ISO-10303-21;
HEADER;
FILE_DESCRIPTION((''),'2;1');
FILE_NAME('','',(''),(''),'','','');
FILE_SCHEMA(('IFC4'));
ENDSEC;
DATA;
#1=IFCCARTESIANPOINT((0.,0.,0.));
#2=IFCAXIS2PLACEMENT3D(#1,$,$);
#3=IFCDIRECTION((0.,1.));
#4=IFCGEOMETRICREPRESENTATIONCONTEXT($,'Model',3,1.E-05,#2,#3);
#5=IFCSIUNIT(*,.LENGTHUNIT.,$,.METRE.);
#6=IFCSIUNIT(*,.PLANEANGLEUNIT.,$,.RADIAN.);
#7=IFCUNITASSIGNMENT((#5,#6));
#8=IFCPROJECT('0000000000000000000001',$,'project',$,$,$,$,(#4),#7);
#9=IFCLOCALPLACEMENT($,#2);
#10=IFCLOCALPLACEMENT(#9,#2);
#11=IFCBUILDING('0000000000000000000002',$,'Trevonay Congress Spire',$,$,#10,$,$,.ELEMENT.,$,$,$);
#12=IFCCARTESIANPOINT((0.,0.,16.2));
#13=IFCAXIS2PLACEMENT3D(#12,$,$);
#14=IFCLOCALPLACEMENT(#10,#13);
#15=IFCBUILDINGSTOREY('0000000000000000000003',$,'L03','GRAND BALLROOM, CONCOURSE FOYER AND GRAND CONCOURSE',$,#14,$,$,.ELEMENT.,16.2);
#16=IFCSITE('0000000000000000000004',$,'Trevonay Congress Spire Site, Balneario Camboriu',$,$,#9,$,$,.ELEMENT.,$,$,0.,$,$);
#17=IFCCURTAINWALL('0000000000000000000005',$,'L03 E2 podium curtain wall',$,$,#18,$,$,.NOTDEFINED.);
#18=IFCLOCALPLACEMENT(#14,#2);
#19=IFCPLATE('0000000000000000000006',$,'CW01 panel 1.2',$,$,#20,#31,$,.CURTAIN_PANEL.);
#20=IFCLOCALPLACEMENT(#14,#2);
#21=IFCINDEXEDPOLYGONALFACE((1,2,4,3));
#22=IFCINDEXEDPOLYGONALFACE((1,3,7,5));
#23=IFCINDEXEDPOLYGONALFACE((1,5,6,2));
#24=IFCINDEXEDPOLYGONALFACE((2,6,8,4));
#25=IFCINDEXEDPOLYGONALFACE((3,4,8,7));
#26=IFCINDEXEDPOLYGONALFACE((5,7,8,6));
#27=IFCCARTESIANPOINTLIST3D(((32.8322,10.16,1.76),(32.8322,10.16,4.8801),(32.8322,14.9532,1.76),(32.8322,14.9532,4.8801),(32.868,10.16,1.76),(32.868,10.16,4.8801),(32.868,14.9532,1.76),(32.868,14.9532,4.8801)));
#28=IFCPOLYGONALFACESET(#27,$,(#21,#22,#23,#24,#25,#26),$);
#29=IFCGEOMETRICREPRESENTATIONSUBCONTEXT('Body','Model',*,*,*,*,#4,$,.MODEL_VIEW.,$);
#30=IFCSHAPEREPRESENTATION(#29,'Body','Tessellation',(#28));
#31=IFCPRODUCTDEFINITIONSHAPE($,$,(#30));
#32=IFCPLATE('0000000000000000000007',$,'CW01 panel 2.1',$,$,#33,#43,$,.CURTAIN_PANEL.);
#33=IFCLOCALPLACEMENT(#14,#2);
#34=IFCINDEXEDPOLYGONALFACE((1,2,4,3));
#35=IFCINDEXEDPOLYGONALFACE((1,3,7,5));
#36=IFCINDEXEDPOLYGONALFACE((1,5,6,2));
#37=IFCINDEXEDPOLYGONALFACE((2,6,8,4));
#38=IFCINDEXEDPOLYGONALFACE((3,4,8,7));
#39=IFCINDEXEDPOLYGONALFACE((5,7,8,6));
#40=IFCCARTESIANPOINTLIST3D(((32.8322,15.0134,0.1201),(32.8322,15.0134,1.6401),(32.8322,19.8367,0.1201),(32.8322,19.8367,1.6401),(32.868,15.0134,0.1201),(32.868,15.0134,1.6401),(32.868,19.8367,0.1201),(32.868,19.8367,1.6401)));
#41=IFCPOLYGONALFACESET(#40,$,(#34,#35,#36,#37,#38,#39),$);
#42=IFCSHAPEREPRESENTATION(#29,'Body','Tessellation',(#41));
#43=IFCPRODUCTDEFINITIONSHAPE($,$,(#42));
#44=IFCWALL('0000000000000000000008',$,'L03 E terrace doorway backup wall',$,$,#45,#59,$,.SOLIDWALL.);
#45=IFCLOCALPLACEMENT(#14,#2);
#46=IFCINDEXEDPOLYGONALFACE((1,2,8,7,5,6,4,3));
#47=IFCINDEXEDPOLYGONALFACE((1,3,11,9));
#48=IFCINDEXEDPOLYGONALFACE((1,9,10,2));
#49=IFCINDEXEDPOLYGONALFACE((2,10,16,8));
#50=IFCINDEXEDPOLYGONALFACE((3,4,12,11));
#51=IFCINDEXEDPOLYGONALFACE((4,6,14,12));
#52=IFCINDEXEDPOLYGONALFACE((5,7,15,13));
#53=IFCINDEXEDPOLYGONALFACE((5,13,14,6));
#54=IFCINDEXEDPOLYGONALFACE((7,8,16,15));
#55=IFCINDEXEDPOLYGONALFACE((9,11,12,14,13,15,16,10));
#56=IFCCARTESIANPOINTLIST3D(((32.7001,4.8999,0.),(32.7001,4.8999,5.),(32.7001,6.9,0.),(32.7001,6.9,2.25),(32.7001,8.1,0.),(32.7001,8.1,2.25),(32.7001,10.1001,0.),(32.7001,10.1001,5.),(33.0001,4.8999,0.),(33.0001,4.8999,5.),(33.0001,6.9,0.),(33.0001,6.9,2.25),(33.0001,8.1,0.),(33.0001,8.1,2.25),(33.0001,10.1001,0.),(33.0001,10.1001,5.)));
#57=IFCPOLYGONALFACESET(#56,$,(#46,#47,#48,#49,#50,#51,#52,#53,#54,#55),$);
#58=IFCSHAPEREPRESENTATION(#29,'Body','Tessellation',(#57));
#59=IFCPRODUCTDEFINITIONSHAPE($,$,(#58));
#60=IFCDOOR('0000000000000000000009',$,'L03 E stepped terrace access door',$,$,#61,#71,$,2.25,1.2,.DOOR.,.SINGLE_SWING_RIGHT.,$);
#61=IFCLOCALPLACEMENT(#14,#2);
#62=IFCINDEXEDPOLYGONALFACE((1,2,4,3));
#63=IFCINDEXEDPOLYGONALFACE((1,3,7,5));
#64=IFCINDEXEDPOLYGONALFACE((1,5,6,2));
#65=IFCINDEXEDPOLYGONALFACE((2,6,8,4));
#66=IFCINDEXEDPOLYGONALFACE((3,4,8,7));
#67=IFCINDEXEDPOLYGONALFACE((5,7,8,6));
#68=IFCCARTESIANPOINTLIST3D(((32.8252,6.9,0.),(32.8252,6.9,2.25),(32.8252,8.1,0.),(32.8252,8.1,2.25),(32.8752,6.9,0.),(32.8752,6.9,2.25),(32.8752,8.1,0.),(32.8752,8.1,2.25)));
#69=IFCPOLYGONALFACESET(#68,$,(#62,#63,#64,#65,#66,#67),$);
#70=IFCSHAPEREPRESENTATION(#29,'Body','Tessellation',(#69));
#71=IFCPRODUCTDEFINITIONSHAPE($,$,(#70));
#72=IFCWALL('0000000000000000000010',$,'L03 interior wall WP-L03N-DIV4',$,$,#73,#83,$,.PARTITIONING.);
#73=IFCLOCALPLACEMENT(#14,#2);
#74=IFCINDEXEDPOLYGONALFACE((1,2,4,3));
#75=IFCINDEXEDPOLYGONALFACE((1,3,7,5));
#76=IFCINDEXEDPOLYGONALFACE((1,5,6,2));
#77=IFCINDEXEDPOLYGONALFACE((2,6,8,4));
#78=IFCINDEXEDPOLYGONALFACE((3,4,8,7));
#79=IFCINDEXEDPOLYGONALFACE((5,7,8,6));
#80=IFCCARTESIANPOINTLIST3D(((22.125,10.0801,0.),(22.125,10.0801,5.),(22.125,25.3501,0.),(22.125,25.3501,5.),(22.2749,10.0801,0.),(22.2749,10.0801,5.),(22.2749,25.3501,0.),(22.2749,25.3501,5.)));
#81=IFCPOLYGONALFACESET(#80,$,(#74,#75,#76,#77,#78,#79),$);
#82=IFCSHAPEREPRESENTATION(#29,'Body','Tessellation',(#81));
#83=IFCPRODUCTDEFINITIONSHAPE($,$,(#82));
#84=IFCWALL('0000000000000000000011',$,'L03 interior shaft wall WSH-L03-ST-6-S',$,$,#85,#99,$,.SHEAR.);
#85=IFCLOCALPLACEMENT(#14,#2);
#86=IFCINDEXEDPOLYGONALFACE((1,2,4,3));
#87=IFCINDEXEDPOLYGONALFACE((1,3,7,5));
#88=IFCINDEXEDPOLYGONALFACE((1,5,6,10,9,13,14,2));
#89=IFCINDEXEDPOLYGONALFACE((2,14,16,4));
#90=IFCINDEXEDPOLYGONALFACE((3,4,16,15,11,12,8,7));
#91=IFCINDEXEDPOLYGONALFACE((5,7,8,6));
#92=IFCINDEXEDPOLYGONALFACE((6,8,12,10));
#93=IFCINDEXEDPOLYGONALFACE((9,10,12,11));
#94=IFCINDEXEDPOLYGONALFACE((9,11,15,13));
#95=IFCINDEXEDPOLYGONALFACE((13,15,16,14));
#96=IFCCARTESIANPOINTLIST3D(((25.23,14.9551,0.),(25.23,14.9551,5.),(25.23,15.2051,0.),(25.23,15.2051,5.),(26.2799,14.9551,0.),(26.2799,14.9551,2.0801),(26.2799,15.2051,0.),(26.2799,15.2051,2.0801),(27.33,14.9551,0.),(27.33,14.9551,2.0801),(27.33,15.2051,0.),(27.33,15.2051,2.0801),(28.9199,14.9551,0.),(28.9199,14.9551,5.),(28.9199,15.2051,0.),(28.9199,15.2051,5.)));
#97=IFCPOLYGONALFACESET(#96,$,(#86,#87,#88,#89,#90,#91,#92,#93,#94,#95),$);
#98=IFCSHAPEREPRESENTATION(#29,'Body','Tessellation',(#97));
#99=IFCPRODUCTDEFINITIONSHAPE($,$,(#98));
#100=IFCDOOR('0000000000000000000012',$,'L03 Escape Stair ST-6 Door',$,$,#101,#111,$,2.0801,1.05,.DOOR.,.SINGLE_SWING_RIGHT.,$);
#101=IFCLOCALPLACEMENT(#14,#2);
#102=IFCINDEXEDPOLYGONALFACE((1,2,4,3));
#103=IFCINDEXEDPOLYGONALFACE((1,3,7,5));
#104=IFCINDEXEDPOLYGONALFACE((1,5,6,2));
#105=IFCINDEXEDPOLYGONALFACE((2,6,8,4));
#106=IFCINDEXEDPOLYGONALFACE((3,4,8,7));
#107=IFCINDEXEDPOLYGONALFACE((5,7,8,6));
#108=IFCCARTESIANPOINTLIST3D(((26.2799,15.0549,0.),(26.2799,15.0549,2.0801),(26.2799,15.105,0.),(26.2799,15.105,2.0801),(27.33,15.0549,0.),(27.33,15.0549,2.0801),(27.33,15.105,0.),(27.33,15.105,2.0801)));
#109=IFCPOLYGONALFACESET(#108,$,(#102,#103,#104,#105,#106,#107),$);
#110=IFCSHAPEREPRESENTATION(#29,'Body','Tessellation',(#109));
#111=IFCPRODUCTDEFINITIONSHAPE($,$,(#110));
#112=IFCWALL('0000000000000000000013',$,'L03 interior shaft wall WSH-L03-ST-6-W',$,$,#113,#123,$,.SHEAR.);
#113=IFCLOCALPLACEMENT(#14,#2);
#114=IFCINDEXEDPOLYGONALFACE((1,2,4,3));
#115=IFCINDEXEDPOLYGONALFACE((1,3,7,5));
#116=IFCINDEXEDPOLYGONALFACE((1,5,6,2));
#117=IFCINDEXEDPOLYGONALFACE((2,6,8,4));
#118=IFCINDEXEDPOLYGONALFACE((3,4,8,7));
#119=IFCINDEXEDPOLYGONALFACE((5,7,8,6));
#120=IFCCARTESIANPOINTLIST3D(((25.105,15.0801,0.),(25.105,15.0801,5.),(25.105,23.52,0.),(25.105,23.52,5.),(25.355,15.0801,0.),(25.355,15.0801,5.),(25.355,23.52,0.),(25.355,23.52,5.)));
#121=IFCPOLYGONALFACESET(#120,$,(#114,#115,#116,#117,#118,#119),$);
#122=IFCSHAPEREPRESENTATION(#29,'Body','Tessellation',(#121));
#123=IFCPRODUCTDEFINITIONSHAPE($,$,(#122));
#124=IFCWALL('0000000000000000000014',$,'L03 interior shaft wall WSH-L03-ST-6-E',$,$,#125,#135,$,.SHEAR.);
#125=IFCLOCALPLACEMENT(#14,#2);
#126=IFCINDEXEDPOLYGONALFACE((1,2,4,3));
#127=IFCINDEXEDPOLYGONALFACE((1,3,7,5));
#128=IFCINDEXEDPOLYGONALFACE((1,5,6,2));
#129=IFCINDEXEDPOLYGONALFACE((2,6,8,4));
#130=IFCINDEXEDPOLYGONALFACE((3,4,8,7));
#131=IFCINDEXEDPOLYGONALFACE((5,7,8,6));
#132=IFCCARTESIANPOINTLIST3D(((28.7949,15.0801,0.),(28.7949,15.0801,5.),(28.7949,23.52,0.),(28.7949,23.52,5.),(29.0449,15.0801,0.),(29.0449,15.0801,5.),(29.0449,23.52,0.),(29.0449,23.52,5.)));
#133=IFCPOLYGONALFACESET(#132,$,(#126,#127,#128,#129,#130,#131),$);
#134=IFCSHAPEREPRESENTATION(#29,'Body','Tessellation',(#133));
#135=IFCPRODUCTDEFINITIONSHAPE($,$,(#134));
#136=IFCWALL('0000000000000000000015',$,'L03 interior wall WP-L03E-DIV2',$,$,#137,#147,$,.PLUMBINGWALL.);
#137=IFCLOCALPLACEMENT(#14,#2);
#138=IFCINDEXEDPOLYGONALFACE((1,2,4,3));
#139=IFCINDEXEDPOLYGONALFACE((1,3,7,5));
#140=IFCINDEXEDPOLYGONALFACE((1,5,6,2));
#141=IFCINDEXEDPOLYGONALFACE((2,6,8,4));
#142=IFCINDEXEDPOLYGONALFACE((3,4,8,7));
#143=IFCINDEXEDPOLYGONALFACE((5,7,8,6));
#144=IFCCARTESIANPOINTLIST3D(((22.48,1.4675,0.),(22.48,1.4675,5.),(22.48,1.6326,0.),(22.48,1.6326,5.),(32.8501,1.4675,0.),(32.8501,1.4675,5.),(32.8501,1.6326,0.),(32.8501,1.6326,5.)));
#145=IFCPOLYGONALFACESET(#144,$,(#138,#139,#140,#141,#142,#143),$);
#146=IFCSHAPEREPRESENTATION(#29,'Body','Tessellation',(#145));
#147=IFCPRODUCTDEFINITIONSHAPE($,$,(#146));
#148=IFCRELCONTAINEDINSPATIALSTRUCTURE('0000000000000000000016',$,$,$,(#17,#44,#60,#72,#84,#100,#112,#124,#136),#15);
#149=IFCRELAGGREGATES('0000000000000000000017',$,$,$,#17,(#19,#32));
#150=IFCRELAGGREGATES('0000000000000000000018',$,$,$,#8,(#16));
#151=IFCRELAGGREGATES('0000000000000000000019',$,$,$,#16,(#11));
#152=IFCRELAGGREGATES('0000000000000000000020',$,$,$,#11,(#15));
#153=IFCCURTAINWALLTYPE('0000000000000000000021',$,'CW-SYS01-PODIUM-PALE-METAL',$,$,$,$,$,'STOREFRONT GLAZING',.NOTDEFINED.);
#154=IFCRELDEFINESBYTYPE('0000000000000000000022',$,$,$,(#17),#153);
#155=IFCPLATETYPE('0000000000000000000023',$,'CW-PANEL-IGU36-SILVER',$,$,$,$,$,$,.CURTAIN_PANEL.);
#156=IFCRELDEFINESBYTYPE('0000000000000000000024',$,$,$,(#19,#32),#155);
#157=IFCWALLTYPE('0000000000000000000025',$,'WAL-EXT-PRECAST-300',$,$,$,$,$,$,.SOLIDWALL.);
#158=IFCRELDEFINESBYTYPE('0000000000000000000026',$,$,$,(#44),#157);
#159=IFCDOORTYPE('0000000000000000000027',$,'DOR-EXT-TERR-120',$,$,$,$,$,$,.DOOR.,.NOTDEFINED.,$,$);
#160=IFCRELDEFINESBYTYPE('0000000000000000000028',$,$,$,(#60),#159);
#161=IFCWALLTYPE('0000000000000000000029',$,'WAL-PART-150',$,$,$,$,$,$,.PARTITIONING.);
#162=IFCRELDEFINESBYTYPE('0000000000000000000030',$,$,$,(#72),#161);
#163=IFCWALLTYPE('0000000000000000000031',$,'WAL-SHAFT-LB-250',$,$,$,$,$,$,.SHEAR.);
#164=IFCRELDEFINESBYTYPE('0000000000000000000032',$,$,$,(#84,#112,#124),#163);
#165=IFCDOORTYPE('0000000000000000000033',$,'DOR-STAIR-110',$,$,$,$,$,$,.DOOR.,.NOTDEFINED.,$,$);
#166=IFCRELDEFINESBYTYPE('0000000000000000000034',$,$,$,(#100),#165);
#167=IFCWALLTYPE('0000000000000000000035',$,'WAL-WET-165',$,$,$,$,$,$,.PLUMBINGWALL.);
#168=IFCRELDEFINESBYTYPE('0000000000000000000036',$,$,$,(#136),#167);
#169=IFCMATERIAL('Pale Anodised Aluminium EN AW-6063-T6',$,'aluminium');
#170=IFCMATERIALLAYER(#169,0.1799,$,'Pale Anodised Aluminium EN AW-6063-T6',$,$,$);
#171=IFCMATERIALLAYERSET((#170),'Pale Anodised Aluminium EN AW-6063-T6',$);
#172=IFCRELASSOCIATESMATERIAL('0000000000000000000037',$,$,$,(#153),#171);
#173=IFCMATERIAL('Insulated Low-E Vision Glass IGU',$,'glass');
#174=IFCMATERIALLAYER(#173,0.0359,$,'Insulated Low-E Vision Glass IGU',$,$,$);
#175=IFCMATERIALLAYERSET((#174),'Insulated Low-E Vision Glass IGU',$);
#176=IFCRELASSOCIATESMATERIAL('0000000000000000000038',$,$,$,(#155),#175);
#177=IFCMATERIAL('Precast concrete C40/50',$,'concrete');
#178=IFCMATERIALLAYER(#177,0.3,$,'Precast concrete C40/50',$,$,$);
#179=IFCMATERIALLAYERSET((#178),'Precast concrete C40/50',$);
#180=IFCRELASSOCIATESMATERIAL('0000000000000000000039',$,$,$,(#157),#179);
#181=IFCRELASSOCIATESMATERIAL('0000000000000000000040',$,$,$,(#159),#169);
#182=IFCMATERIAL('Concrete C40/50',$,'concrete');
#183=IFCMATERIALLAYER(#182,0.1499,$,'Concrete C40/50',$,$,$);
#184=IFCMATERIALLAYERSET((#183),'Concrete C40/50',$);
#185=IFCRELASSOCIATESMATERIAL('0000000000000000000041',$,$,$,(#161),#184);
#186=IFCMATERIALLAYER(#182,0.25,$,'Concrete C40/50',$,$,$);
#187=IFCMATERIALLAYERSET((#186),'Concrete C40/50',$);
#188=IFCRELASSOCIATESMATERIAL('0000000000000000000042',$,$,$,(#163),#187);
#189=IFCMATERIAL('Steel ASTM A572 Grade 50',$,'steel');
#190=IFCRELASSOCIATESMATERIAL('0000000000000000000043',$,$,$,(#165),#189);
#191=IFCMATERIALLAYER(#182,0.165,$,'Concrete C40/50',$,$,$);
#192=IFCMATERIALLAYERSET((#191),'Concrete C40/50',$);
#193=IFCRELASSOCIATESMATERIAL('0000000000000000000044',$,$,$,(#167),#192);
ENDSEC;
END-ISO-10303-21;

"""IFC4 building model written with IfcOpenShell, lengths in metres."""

from ifc_helpers import new_model, si_unit, direction, frame, frame_2d, origin, origin_2d, place, context, subcontext, project, spatial, rectangle, extrude, material, layer, layer_set, type_object, element, fill, aggregate, save


model = new_model("IFC4")

# Units and contexts
model_context = context("Model", 3, precision=1e-05, world=origin(), true_north=direction((0.0, 1.0)))
body_context = subcontext(model_context, "Body", "Model", "MODEL_VIEW")
ifc_project = project(units=[si_unit("LENGTHUNIT", "METRE"), si_unit("PLANEANGLEUNIT", "RADIAN")], contexts=[model_context])

# Site, building, storey
site_placement = place(None, origin())
site = spatial("IfcSite", under=ifc_project, at=site_placement, Name="Trevonay Congress Spire Site, Balneario Camboriu", CompositionType="ELEMENT", RefElevation=0.0)
building_placement = place(site_placement, origin())
building = spatial("IfcBuilding", under=site, at=building_placement, Name="Trevonay Congress Spire", CompositionType="ELEMENT")
storey_placement = place(building_placement, frame((0.0, 0.0, 16.2)))
storey = spatial("IfcBuildingStorey", under=building, at=storey_placement, Name="L03", Description="GRAND BALLROOM, CONCOURSE FOYER AND GRAND CONCOURSE", CompositionType="ELEMENT", Elevation=16.2)

# Shared definitions
ifc_material_1 = material(Name="Steel ASTM A572 Grade 50", Category="steel")

# Shared definitions
ifc_material_2 = material(Name="Pale Anodised Aluminium EN AW-6063-T6", Category="aluminium")
ifc_layer_1 = layer(ifc_material_2, 0.1799, Name="Pale Anodised Aluminium EN AW-6063-T6")
ifc_layer_set_1 = layer_set([ifc_layer_1], Name="Pale Anodised Aluminium EN AW-6063-T6")
curtain_wall_type = type_object("IfcCurtainWallType", Name="CW-SYS01-PODIUM-PALE-METAL", ElementType="STOREFRONT GLAZING", PredefinedType="NOTDEFINED", material=ifc_layer_set_1)

# Curtain wall
curtain_wall_1_placement = place(storey_placement, origin())
curtain_wall_1 = element("IfcCurtainWall", 1, at=curtain_wall_1_placement, inside=storey, type_object=curtain_wall_type, Name="L03 E2 podium curtain wall", PredefinedType="NOTDEFINED")

# Plates
ifc_material_3 = material(Name="Insulated Low-E Vision Glass IGU", Category="glass")
ifc_layer_2 = layer(ifc_material_3, 0.0359, Name="Insulated Low-E Vision Glass IGU")
ifc_layer_set_2 = layer_set([ifc_layer_2], Name="Insulated Low-E Vision Glass IGU")
plate_type = type_object("IfcPlateType", Name="CW-PANEL-IGU36-SILVER", PredefinedType="CURTAIN_PANEL", material=ifc_layer_set_2)
plate_1_placement = place(storey_placement, frame((32.8501, 12.5566, 1.76), z_axis=(0.0, 0.0, 1.0), x_axis=(0.0, 1.0, 0.0)))
plate_1 = element("IfcPlate", 2, at=plate_1_placement, type_object=plate_type, Name="CW01 panel 1.2", PredefinedType="CURTAIN_PANEL", context=body_context, shape_type="SweptSolid", body=[
    extrude(rectangle(XDim=4.7932, YDim=0.0359, at=origin_2d()), origin(), (0.0, 0.0, 1.0), 3.1201),
])
plate_2_placement = place(storey_placement, frame((32.8501, 17.425, 0.1201), z_axis=(0.0, 0.0, 1.0), x_axis=(0.0, 1.0, 0.0)))
plate_2 = element("IfcPlate", 3, at=plate_2_placement, type_object=plate_type, Name="CW01 panel 2.1", PredefinedType="CURTAIN_PANEL", context=body_context, shape_type="SweptSolid", body=[
    extrude(rectangle(XDim=4.8232, YDim=0.0359, at=origin_2d()), origin(), (0.0, 0.0, 1.0), 1.52),
])
aggregate(curtain_wall_1, [plate_1, plate_2])

# Wall, opening, door
ifc_material_4 = material(Name="Precast concrete C40/50", Category="concrete")
ifc_layer_3 = layer(ifc_material_4, 0.3, Name="Precast concrete C40/50")
ifc_layer_set_3 = layer_set([ifc_layer_3], Name="Precast concrete C40/50")
wall_type_1 = type_object("IfcWallType", Name="WAL-EXT-PRECAST-300", PredefinedType="SOLIDWALL", material=ifc_layer_set_3)
wall_1_placement = place(storey_placement, frame((32.8501, 4.8999, 0.0), z_axis=(0.0, 0.0, 1.0), x_axis=(0.0, 1.0, 0.0)))
wall_1 = element("IfcWall", 4, at=wall_1_placement, inside=storey, type_object=wall_type_1, Name="L03 E terrace doorway backup wall", PredefinedType="SOLIDWALL", context=body_context, shape_type="SweptSolid", body=[
    extrude(rectangle(XDim=5.2002, YDim=0.3, at=frame_2d((2.6001, 0.0))), origin(), (0.0, 0.0, 1.0), 5.0),
])
opening_1_placement = place(wall_1_placement, frame((2.0, 0.0, 0.0)))
opening_1 = element("IfcOpeningElement", 5, at=opening_1_placement, cuts=wall_1, PredefinedType="OPENING", context=body_context, shape_type="SweptSolid", body=[
    extrude(rectangle(XDim=1.2, YDim=2.25, at=frame_2d((0.6001, 1.125))), frame((0.0, 0.1602, 0.0), z_axis=(0.0, -1.0, 0.0), x_axis=(1.0, 0.0, 0.0)), (0.0, 0.0, 1.0), 0.3201),
])
door_type_1 = type_object("IfcDoorType", Name="DOR-EXT-TERR-120", OperationType="NOTDEFINED", PredefinedType="DOOR", material=ifc_material_2)
door_1_placement = place(opening_1_placement, origin())
door_1 = element("IfcDoor", 6, at=door_1_placement, inside=storey, type_object=door_type_1, Name="L03 E stepped terrace access door", OperationType="SINGLE_SWING_RIGHT", OverallHeight=2.25, OverallWidth=1.2, PredefinedType="DOOR", context=body_context, shape_type="SweptSolid", body=[
    extrude(rectangle(XDim=1.2, YDim=2.25, at=frame_2d((0.6001, 1.125))), frame((0.0, 0.0249, 0.0), z_axis=(0.0, -1.0, 0.0), x_axis=(1.0, 0.0, 0.0)), (0.0, 0.0, 1.0), 0.05),
])
fill(opening_1, door_1)

# Wall
ifc_material_5 = material(Name="Concrete C40/50", Category="concrete")
ifc_layer_4 = layer(ifc_material_5, 0.1499, Name="Concrete C40/50")
ifc_layer_set_4 = layer_set([ifc_layer_4], Name="Concrete C40/50")
wall_type_2 = type_object("IfcWallType", Name="WAL-PART-150", PredefinedType="PARTITIONING", material=ifc_layer_set_4)
wall_2_placement = place(storey_placement, frame((22.2, 10.0801, 0.0), z_axis=(0.0, 0.0, 1.0), x_axis=(0.0, 1.0, 0.0)))
element("IfcWall", 7, at=wall_2_placement, inside=storey, type_object=wall_type_2, Name="L03 interior wall WP-L03N-DIV4", PredefinedType="PARTITIONING", context=body_context, shape_type="SweptSolid", body=[
    extrude(rectangle(XDim=15.27, YDim=0.1499, at=frame_2d((7.635, 0.0))), origin(), (0.0, 0.0, 1.0), 5.0),
])

# Wall, opening, door
ifc_layer_5 = layer(ifc_material_5, 0.25, Name="Concrete C40/50")
ifc_layer_set_5 = layer_set([ifc_layer_5], Name="Concrete C40/50")
wall_type_3 = type_object("IfcWallType", Name="WAL-SHAFT-LB-250", PredefinedType="SHEAR", material=ifc_layer_set_5)
wall_3_placement = place(storey_placement, frame((25.23, 15.0801, 0.0), z_axis=(0.0, 0.0, 1.0), x_axis=(1.0, 0.0, 0.0)))
wall_3 = element("IfcWall", 8, at=wall_3_placement, inside=storey, type_object=wall_type_3, Name="L03 interior shaft wall WSH-L03-ST-6-S", PredefinedType="SHEAR", context=body_context, shape_type="SweptSolid", body=[
    extrude(rectangle(XDim=3.6899, YDim=0.25, at=frame_2d((1.845, 0.0))), origin(), (0.0, 0.0, 1.0), 5.0),
])
opening_2_placement = place(wall_3_placement, frame((1.05, 0.0, 0.0)))
opening_2 = element("IfcOpeningElement", 9, at=opening_2_placement, cuts=wall_3, PredefinedType="OPENING", context=body_context, shape_type="SweptSolid", body=[
    extrude(rectangle(XDim=1.05, YDim=2.0801, at=frame_2d((0.5249, 1.04))), frame((0.0, 0.135, 0.0), z_axis=(0.0, -1.0, 0.0), x_axis=(1.0, 0.0, 0.0)), (0.0, 0.0, 1.0), 0.27),
])
door_type_2 = type_object("IfcDoorType", Name="DOR-STAIR-110", OperationType="NOTDEFINED", PredefinedType="DOOR", material=ifc_material_1)
door_2_placement = place(opening_2_placement, origin())
door_2 = element("IfcDoor", 10, at=door_2_placement, inside=storey, type_object=door_type_2, Name="L03 Escape Stair ST-6 Door", OperationType="SINGLE_SWING_RIGHT", OverallHeight=2.0801, OverallWidth=1.05, PredefinedType="DOOR", context=body_context, shape_type="SweptSolid", body=[
    extrude(rectangle(XDim=1.05, YDim=2.0801, at=frame_2d((0.5249, 1.04))), frame((0.0, 0.0249, 0.0), z_axis=(0.0, -1.0, 0.0), x_axis=(1.0, 0.0, 0.0)), (0.0, 0.0, 1.0), 0.05),
])
fill(opening_2, door_2)

# Walls
for number, where, z_axis, x_axis, name in (
    (11, (25.23, 15.0801, 0.0), (0.0, 0.0, 1.0), (0.0, 1.0, 0.0), "L03 interior shaft wall WSH-L03-ST-6-W"),
    (12, (28.9199, 15.0801, 0.0), (0.0, 0.0, 1.0), (0.0, 1.0, 0.0), "L03 interior shaft wall WSH-L03-ST-6-E"),
):
    element("IfcWall", number, at=place(storey_placement, frame(where, z_axis=z_axis, x_axis=x_axis)), inside=storey, type_object=wall_type_3, Name=name, PredefinedType="SHEAR", context=body_context, shape_type="SweptSolid", body=[
        extrude(rectangle(XDim=8.4399, YDim=0.25, at=frame_2d((4.22, 0.0))), origin(), (0.0, 0.0, 1.0), 5.0),
    ])
ifc_layer_6 = layer(ifc_material_5, 0.165, Name="Concrete C40/50")
ifc_layer_set_6 = layer_set([ifc_layer_6], Name="Concrete C40/50")
wall_type_4 = type_object("IfcWallType", Name="WAL-WET-165", PredefinedType="PLUMBINGWALL", material=ifc_layer_set_6)
wall_4_placement = place(storey_placement, frame((22.48, 1.55, 0.0), z_axis=(0.0, 0.0, 1.0), x_axis=(1.0, 0.0, 0.0)))
element("IfcWall", 13, at=wall_4_placement, inside=storey, type_object=wall_type_4, Name="L03 interior wall WP-L03E-DIV2", PredefinedType="PLUMBINGWALL", context=body_context, shape_type="SweptSolid", body=[
    extrude(rectangle(XDim=10.3701, YDim=0.165, at=frame_2d((5.1851, 0.0))), origin(), (0.0, 0.0, 1.0), 5.0),
])

save(model, "model.ifc")
